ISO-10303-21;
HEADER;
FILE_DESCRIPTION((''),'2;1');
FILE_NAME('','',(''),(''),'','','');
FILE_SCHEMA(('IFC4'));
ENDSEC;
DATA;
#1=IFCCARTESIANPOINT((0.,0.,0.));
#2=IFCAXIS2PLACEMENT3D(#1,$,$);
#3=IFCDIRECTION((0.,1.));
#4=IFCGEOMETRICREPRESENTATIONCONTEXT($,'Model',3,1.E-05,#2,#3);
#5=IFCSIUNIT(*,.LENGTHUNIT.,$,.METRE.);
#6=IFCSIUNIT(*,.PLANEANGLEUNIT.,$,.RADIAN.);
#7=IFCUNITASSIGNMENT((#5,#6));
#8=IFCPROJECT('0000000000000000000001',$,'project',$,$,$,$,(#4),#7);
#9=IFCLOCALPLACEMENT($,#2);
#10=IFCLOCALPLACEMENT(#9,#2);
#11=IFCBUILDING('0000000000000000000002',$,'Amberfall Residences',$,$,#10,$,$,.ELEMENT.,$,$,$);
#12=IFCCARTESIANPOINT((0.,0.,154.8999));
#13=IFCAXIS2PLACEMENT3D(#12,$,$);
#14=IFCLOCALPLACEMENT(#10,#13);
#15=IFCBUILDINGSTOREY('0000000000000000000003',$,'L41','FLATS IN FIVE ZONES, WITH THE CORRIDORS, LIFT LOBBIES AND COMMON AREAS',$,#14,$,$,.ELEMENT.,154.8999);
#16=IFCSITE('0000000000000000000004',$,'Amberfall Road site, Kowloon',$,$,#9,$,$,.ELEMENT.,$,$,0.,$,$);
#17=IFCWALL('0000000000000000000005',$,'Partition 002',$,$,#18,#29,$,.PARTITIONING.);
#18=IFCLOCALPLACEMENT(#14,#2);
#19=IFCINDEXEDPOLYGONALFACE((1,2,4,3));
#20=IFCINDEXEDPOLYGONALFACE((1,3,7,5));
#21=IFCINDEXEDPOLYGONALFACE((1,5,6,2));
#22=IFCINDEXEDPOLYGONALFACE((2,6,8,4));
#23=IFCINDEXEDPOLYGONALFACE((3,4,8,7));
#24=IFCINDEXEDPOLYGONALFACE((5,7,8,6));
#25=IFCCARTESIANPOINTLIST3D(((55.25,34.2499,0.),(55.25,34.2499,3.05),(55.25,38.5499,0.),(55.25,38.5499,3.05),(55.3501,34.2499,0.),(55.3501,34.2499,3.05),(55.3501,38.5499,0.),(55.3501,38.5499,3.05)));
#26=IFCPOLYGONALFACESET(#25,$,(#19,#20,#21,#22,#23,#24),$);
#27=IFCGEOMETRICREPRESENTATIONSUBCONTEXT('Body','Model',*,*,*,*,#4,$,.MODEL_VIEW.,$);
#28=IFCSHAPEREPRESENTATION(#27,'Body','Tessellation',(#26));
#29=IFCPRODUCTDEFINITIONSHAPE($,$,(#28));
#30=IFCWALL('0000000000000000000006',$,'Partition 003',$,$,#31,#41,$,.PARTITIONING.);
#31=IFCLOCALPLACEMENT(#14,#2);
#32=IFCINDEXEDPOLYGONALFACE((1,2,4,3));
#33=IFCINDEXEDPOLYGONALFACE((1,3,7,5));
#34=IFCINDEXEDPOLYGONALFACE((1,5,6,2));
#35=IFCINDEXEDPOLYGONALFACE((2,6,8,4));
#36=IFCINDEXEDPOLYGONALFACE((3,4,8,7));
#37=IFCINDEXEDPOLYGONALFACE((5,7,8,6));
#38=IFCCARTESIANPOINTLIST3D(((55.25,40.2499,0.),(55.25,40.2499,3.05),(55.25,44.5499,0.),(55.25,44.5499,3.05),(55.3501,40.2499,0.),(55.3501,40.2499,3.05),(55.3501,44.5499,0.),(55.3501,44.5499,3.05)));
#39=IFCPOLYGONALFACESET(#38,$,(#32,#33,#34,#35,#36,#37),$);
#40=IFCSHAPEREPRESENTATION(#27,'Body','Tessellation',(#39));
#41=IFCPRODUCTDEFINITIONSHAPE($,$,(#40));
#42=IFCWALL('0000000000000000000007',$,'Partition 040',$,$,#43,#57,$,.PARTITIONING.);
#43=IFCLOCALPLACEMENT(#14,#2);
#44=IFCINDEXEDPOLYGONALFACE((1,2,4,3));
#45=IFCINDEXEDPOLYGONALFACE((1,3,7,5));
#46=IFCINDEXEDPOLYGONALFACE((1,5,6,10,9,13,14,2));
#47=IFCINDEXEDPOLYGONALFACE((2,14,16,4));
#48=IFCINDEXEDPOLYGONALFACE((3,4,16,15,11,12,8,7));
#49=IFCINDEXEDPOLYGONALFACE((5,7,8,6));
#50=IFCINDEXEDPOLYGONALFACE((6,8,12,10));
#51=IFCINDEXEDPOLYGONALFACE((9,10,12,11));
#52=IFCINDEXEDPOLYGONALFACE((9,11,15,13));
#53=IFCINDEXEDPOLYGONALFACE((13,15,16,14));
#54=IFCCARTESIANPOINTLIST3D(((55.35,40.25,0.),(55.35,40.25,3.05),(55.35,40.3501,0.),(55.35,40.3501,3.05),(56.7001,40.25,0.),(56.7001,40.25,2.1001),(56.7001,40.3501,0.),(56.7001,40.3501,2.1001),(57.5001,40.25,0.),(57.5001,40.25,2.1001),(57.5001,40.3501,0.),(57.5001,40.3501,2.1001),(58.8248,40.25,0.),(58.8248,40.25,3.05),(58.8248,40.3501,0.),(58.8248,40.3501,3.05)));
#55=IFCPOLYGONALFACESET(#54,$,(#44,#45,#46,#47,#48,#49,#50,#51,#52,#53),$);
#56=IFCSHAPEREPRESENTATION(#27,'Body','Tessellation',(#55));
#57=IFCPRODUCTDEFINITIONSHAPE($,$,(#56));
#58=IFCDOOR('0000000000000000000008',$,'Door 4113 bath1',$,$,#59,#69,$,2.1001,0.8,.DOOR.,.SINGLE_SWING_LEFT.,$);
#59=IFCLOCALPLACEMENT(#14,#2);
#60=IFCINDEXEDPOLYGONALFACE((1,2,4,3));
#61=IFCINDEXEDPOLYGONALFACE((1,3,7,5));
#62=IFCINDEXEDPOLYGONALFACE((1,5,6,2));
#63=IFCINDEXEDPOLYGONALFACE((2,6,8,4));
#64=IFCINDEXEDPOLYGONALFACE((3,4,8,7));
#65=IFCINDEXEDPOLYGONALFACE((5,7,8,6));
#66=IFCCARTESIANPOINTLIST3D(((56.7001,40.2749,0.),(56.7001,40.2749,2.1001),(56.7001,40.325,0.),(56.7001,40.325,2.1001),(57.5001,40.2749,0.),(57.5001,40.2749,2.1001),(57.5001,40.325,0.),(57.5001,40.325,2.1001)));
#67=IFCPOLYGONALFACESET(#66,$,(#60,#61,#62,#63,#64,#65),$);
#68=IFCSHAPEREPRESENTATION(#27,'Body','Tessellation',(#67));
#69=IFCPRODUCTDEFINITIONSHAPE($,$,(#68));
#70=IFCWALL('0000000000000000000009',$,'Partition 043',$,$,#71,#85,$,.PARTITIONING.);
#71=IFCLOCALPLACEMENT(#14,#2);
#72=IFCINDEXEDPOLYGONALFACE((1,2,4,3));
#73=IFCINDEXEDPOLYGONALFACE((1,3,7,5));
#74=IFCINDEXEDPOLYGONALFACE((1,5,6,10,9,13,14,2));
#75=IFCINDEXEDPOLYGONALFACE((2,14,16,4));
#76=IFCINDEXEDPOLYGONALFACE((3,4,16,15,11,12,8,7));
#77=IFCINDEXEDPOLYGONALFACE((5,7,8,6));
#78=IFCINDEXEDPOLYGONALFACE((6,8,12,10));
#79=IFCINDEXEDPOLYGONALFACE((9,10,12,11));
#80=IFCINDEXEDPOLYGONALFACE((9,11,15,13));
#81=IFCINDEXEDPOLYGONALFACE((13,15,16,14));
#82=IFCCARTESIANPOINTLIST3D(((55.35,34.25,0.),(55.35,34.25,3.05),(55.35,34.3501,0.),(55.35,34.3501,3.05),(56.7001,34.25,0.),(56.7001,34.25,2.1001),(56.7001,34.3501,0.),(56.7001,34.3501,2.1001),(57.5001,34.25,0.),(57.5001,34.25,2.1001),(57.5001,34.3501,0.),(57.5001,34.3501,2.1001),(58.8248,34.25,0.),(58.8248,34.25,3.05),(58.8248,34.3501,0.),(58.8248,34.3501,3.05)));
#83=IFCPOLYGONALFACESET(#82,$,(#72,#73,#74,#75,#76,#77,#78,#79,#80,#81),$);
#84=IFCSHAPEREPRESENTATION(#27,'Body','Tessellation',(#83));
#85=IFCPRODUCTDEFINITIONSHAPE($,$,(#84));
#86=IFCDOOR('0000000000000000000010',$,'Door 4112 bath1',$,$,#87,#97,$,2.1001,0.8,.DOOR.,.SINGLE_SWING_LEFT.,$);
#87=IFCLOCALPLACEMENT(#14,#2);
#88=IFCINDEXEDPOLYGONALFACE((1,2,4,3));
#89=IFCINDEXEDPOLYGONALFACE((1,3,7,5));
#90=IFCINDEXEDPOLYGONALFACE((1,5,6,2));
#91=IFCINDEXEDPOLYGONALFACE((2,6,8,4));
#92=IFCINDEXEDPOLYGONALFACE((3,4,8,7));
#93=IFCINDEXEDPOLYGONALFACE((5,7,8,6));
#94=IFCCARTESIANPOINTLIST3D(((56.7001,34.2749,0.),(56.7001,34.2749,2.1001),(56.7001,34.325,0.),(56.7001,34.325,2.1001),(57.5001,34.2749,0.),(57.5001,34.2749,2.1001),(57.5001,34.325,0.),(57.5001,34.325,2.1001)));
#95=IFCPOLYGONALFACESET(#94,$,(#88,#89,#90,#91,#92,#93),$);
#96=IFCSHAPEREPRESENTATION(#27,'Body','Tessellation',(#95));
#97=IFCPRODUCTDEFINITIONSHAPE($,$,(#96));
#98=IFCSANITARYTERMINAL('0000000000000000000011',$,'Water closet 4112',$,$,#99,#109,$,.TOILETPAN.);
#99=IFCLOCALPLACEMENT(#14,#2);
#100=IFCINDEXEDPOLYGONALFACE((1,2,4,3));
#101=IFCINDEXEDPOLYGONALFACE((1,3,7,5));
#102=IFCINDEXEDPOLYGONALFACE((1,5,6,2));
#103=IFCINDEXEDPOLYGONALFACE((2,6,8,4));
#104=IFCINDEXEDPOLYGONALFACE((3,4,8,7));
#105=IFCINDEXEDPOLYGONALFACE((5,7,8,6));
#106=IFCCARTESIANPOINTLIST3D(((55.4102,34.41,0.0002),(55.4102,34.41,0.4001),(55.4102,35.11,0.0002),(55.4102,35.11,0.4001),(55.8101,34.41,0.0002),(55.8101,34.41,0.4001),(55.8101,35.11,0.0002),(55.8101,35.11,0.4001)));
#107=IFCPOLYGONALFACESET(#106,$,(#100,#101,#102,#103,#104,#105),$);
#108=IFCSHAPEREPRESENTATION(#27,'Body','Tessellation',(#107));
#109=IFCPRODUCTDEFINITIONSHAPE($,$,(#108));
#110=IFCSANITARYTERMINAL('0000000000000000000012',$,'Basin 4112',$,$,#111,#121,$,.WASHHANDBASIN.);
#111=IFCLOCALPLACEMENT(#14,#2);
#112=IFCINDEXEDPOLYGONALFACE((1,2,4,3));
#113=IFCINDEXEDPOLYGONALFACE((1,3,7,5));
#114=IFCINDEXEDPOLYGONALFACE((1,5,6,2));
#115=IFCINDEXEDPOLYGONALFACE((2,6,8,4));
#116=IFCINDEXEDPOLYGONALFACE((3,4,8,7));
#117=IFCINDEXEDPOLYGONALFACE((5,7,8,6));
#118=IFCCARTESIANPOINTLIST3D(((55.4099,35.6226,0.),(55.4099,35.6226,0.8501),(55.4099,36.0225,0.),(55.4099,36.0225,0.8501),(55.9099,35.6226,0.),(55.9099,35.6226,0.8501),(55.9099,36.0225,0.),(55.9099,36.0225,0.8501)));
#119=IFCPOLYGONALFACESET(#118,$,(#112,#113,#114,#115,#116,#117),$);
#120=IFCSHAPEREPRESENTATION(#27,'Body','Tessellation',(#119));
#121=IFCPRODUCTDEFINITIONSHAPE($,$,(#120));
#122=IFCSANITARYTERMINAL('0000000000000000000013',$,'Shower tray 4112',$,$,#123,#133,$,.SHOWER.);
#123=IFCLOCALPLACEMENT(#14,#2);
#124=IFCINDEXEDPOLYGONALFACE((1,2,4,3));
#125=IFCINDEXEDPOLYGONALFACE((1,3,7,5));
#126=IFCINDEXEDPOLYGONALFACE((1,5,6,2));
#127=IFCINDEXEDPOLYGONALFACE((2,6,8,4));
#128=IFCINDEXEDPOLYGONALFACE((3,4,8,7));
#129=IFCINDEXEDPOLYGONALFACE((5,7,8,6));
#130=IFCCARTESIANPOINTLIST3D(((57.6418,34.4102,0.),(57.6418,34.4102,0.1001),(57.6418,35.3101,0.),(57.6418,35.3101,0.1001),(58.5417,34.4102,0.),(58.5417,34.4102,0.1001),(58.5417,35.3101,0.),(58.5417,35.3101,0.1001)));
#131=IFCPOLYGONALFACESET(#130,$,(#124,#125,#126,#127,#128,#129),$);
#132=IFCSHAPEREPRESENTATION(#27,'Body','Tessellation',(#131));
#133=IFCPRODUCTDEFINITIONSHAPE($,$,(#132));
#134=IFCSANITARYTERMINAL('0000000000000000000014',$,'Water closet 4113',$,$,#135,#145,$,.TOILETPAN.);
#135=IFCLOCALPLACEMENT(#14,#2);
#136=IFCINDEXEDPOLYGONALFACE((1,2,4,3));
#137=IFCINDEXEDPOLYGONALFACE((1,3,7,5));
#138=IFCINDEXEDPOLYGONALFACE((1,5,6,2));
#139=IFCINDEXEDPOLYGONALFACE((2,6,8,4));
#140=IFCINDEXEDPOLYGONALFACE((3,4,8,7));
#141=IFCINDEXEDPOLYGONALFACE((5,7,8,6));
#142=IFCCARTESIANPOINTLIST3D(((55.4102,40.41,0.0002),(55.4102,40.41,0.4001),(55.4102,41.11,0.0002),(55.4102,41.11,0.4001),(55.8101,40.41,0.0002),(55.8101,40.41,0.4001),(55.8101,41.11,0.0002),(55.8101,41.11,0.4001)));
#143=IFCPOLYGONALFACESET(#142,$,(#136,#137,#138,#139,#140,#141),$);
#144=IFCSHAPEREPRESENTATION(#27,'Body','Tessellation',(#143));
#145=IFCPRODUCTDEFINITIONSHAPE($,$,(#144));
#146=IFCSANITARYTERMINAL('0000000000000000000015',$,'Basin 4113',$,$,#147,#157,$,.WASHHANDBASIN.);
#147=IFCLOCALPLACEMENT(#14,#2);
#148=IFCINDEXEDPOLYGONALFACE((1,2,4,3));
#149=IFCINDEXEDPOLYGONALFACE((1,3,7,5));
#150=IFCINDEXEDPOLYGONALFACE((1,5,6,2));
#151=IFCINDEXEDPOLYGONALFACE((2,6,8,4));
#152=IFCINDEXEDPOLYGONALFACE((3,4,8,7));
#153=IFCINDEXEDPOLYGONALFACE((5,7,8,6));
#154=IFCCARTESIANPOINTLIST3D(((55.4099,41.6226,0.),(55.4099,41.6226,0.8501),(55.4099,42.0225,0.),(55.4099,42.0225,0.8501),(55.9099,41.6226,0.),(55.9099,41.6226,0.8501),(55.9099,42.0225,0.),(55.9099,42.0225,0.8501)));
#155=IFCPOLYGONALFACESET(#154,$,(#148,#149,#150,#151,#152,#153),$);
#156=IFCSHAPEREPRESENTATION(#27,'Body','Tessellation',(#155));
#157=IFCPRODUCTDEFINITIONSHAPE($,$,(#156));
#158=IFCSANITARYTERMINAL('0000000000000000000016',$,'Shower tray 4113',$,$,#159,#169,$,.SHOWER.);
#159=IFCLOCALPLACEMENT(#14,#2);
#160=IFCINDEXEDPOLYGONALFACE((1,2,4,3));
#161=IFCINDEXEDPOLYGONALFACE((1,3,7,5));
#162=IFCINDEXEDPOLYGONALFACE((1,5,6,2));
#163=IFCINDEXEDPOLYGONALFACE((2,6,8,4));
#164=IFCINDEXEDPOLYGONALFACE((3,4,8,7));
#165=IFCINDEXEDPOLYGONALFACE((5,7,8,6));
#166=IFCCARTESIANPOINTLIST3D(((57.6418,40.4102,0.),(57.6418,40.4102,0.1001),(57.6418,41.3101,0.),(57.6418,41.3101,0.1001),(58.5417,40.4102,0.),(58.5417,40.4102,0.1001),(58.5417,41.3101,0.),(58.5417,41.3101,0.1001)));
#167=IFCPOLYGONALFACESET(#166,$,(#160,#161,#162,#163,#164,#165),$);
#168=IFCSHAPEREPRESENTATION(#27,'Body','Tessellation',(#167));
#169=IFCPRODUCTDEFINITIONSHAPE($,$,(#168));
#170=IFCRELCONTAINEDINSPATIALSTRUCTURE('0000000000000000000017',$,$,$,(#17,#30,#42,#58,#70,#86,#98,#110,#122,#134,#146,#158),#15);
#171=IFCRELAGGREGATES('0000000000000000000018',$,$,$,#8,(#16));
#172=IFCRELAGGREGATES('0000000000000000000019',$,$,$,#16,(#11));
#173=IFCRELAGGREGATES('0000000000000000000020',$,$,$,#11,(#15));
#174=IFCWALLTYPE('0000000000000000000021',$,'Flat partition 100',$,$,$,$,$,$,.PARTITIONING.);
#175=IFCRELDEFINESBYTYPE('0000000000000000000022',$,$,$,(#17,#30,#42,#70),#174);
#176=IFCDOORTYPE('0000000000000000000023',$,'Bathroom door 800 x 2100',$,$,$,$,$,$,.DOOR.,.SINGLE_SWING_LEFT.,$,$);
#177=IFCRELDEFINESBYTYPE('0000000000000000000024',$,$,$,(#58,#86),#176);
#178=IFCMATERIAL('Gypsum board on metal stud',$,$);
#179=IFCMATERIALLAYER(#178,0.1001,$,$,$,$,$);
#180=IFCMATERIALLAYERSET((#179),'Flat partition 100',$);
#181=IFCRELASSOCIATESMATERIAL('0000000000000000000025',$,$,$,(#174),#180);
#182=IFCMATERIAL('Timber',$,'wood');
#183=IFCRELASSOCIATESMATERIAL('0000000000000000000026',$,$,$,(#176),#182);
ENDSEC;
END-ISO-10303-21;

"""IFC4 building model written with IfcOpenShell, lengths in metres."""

from ifc_helpers import new_model, si_unit, direction, frame, frame_2d, origin, origin_2d, place, context, subcontext, project, spatial, rectangle, extrude, material, layer, layer_set, type_object, element, fill, save


model = new_model("IFC4")

# Units and contexts
model_context = context("Model", 3, precision=1e-05, world=origin(), true_north=direction((0.0, 1.0)))
body_context = subcontext(model_context, "Body", "Model", "MODEL_VIEW")
ifc_project = project(units=[si_unit("LENGTHUNIT", "METRE"), si_unit("PLANEANGLEUNIT", "RADIAN")], contexts=[model_context])

# Site, building, storey
site_placement = place(None, origin())
site = spatial("IfcSite", under=ifc_project, at=site_placement, Name="Amberfall Road site, Kowloon", CompositionType="ELEMENT", RefElevation=0.0)
building_placement = place(site_placement, origin())
building = spatial("IfcBuilding", under=site, at=building_placement, Name="Amberfall Residences", CompositionType="ELEMENT")
storey_placement = place(building_placement, frame((0.0, 0.0, 154.8999)))
storey = spatial("IfcBuildingStorey", under=building, at=storey_placement, Name="L41", Description="FLATS IN FIVE ZONES, WITH THE CORRIDORS, LIFT LOBBIES AND COMMON AREAS", CompositionType="ELEMENT", Elevation=154.8999)

# Walls
ifc_material_1 = material(Name="Gypsum board on metal stud")
ifc_layer_1 = layer(ifc_material_1, 0.1001)
ifc_layer_set_1 = layer_set([ifc_layer_1], Name="Flat partition 100")
wall_type_1 = type_object("IfcWallType", Name="Flat partition 100", PredefinedType="PARTITIONING", material=ifc_layer_set_1)
for number, where, z_axis, x_axis, name in (
    (1, (55.3, 34.25, 0.0), (0.0, 0.0, 1.0), (0.0, 1.0, 0.0), "Partition 002"),
    (2, (55.3, 40.25, 0.0), (0.0, 0.0, 1.0), (0.0, 1.0, 0.0), "Partition 003"),
):
    element("IfcWall", number, at=place(storey_placement, frame(where, z_axis=z_axis, x_axis=x_axis)), inside=storey, type_object=wall_type_1, Name=name, PredefinedType="PARTITIONING", context=body_context, shape_type="SweptSolid", body=[
        extrude(rectangle(XDim=4.3, YDim=0.1001, at=frame_2d((2.1499, 0.0))), origin(), (0.0, 0.0, 1.0), 3.05),
    ])

# Walls, openings, doors
wall_1_placement = place(storey_placement, frame((55.3501, 40.3, 0.0), z_axis=(0.0, 0.0, 1.0), x_axis=(1.0, 0.0, 0.0)))
wall_1 = element("IfcWall", 3, at=wall_1_placement, inside=storey, type_object=wall_type_1, Name="Partition 040", PredefinedType="PARTITIONING", context=body_context, shape_type="SweptSolid", body=[
    extrude(rectangle(XDim=3.4749, YDim=0.1001, at=frame_2d((1.7373, 0.0))), origin(), (0.0, 0.0, 1.0), 3.05),
])
opening_1_placement = place(wall_1_placement, frame((1.3501, 0.0, 0.0)))
opening_1 = element("IfcOpeningElement", 4, at=opening_1_placement, cuts=wall_1, PredefinedType="OPENING", context=body_context, shape_type="SweptSolid", body=[
    extrude(rectangle(XDim=0.8, YDim=2.1001, at=frame_2d((0.3999, 1.05))), frame((0.0, 0.0601, 0.0), z_axis=(0.0, -1.0, 0.0), x_axis=(1.0, 0.0, 0.0)), (0.0, 0.0, 1.0), 0.1201),
])
ifc_material_2 = material(Name="Timber", Category="wood")
door_type = type_object("IfcDoorType", Name="Bathroom door 800 x 2100", OperationType="SINGLE_SWING_LEFT", PredefinedType="DOOR", material=ifc_material_2)
door_1_placement = place(opening_1_placement, origin())
door_1 = element("IfcDoor", 5, at=door_1_placement, inside=storey, type_object=door_type, Name="Door 4113 bath1", OperationType="SINGLE_SWING_LEFT", OverallHeight=2.1001, OverallWidth=0.8, PredefinedType="DOOR", context=body_context, shape_type="SweptSolid", body=[
    extrude(rectangle(XDim=0.8, YDim=2.1001, at=frame_2d((0.3999, 1.05))), frame((0.0, 0.0249, 0.0), z_axis=(0.0, -1.0, 0.0), x_axis=(1.0, 0.0, 0.0)), (0.0, 0.0, 1.0), 0.05),
])
fill(opening_1, door_1)
wall_2_placement = place(storey_placement, frame((55.3501, 34.3, 0.0), z_axis=(0.0, 0.0, 1.0), x_axis=(1.0, 0.0, 0.0)))
wall_2 = element("IfcWall", 6, at=wall_2_placement, inside=storey, type_object=wall_type_1, Name="Partition 043", PredefinedType="PARTITIONING", context=body_context, shape_type="SweptSolid", body=[
    extrude(rectangle(XDim=3.4749, YDim=0.1001, at=frame_2d((1.7373, 0.0))), origin(), (0.0, 0.0, 1.0), 3.05),
])
opening_2_placement = place(wall_2_placement, frame((1.3501, 0.0, 0.0)))
opening_2 = element("IfcOpeningElement", 7, at=opening_2_placement, cuts=wall_2, PredefinedType="OPENING", context=body_context, shape_type="SweptSolid", body=[
    extrude(rectangle(XDim=0.8, YDim=2.1001, at=frame_2d((0.3999, 1.05))), frame((0.0, 0.0601, 0.0), z_axis=(0.0, -1.0, 0.0), x_axis=(1.0, 0.0, 0.0)), (0.0, 0.0, 1.0), 0.1201),
])
door_2_placement = place(opening_2_placement, origin())
door_2 = element("IfcDoor", 8, at=door_2_placement, inside=storey, type_object=door_type, Name="Door 4112 bath1", OperationType="SINGLE_SWING_LEFT", OverallHeight=2.1001, OverallWidth=0.8, PredefinedType="DOOR", context=body_context, shape_type="SweptSolid", body=[
    extrude(rectangle(XDim=0.8, YDim=2.1001, at=frame_2d((0.3999, 1.05))), frame((0.0, 0.0249, 0.0), z_axis=(0.0, -1.0, 0.0), x_axis=(1.0, 0.0, 0.0)), (0.0, 0.0, 1.0), 0.05),
])
fill(opening_2, door_2)

# Sanitary terminals
sanitary_terminal_1_placement = place(storey_placement, frame((55.6101, 34.76, 0.0002), z_axis=(0.0, 0.0, 1.0), x_axis=(1.0, 0.0, 0.0)))
element("IfcSanitaryTerminal", 9, at=sanitary_terminal_1_placement, inside=storey, Name="Water closet 4112", PredefinedType="TOILETPAN", context=body_context, shape_type="SweptSolid", body=[
    extrude(rectangle(XDim=0.3999, YDim=0.7, at=origin_2d()), origin(), (0.0, 0.0, 1.0), 0.3999),
])
sanitary_terminal_2_placement = place(storey_placement, frame((55.6599, 35.8225, 0.0), z_axis=(0.0, 0.0, 1.0), x_axis=(1.0, 0.0, 0.0)))
element("IfcSanitaryTerminal", 10, at=sanitary_terminal_2_placement, inside=storey, Name="Basin 4112", PredefinedType="WASHHANDBASIN", context=body_context, shape_type="SweptSolid", body=[
    extrude(rectangle(XDim=0.5, YDim=0.3999, at=origin_2d()), origin(), (0.0, 0.0, 1.0), 0.8501),
])
sanitary_terminal_3_placement = place(storey_placement, frame((58.0918, 34.8601, 0.0), z_axis=(0.0, 0.0, 1.0), x_axis=(1.0, 0.0, 0.0)))
element("IfcSanitaryTerminal", 11, at=sanitary_terminal_3_placement, inside=storey, Name="Shower tray 4112", PredefinedType="SHOWER", context=body_context, shape_type="SweptSolid", body=[
    extrude(rectangle(XDim=0.8999, YDim=0.8999, at=origin_2d()), origin(), (0.0, 0.0, 1.0), 0.1001),
])
sanitary_terminal_4_placement = place(storey_placement, frame((55.6101, 40.76, 0.0002), z_axis=(0.0, 0.0, 1.0), x_axis=(1.0, 0.0, 0.0)))
element("IfcSanitaryTerminal", 12, at=sanitary_terminal_4_placement, inside=storey, Name="Water closet 4113", PredefinedType="TOILETPAN", context=body_context, shape_type="SweptSolid", body=[
    extrude(rectangle(XDim=0.3999, YDim=0.7, at=origin_2d()), origin(), (0.0, 0.0, 1.0), 0.3999),
])
sanitary_terminal_5_placement = place(storey_placement, frame((55.6599, 41.8225, 0.0), z_axis=(0.0, 0.0, 1.0), x_axis=(1.0, 0.0, 0.0)))
element("IfcSanitaryTerminal", 13, at=sanitary_terminal_5_placement, inside=storey, Name="Basin 4113", PredefinedType="WASHHANDBASIN", context=body_context, shape_type="SweptSolid", body=[
    extrude(rectangle(XDim=0.5, YDim=0.3999, at=origin_2d()), origin(), (0.0, 0.0, 1.0), 0.8501),
])
sanitary_terminal_6_placement = place(storey_placement, frame((58.0918, 40.8601, 0.0), z_axis=(0.0, 0.0, 1.0), x_axis=(1.0, 0.0, 0.0)))
element("IfcSanitaryTerminal", 14, at=sanitary_terminal_6_placement, inside=storey, Name="Shower tray 4113", PredefinedType="SHOWER", context=body_context, shape_type="SweptSolid", body=[
    extrude(rectangle(XDim=0.8999, YDim=0.8999, at=origin_2d()), origin(), (0.0, 0.0, 1.0), 0.1001),
])

save(model, "model.ifc")
